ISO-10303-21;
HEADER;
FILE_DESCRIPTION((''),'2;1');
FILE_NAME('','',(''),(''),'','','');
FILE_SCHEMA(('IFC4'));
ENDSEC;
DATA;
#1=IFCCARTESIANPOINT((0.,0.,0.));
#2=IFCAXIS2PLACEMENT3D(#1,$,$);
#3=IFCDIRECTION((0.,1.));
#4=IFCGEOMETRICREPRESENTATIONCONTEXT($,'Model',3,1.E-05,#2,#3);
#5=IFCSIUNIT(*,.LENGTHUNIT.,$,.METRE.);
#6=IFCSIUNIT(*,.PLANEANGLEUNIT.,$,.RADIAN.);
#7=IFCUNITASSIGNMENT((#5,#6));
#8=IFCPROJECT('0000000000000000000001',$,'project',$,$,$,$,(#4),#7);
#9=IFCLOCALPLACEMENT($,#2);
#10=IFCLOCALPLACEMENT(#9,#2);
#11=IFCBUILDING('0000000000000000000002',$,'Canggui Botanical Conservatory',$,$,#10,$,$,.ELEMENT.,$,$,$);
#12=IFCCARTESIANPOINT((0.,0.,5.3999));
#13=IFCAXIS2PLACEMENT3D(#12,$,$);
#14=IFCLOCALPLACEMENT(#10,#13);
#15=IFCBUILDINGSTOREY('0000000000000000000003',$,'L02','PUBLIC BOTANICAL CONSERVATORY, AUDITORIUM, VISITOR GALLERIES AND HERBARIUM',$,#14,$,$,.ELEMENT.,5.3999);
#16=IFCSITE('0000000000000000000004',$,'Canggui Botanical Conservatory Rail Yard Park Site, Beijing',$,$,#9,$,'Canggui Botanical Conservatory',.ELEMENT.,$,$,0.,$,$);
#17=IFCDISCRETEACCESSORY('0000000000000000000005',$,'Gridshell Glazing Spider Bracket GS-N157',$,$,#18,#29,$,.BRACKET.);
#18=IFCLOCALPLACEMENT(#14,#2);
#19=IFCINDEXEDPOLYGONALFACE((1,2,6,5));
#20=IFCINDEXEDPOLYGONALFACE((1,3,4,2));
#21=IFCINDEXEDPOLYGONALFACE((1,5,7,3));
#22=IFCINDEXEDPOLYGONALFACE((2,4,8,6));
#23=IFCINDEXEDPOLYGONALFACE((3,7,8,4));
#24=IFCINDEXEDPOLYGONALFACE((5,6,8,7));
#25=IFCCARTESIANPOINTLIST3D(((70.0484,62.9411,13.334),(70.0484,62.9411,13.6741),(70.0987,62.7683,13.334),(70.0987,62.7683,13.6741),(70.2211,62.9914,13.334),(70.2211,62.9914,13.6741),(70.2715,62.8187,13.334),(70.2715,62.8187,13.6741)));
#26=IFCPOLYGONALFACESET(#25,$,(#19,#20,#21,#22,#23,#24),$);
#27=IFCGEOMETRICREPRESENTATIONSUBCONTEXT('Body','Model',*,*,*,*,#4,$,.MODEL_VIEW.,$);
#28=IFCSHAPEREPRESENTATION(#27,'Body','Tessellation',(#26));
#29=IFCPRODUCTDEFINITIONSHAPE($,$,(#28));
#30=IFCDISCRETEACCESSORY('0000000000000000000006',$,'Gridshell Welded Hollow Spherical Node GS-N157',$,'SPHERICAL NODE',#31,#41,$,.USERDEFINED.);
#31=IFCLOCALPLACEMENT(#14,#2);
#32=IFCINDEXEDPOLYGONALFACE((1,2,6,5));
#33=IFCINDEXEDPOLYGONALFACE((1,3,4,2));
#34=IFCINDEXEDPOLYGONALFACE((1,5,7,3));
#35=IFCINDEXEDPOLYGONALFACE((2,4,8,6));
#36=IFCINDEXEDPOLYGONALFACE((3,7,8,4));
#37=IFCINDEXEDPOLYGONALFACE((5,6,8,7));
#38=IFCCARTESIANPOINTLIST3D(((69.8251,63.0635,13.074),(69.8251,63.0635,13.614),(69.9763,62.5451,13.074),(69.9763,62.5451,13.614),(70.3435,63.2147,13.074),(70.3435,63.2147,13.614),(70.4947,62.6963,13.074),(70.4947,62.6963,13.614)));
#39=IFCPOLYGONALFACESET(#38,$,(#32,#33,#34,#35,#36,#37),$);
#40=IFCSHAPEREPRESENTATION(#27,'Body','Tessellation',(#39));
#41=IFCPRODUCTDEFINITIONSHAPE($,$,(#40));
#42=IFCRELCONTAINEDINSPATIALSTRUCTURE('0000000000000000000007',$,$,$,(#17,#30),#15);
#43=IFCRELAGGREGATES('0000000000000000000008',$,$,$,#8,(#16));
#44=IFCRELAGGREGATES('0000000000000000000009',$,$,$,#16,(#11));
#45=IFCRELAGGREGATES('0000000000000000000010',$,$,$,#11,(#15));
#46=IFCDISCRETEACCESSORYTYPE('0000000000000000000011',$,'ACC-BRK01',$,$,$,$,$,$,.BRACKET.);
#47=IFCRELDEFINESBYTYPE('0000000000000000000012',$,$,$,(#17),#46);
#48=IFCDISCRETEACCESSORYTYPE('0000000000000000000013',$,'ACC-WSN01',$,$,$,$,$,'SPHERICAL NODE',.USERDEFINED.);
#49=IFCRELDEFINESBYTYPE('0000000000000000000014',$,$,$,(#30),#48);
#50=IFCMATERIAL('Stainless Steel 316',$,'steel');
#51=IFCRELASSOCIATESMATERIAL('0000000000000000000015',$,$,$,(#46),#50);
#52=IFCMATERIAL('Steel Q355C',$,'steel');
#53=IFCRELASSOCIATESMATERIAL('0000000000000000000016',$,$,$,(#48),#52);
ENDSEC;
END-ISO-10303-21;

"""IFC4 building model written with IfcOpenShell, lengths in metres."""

from ifc_helpers import new_model, si_unit, direction, frame, origin, origin_2d, place, context, subcontext, project, spatial, rectangle, extrude, material, type_object, element, save


model = new_model("IFC4")

# Units and contexts
model_context = context("Model", 3, precision=1e-05, world=origin(), true_north=direction((0.0, 1.0)))
body_context = subcontext(model_context, "Body", "Model", "MODEL_VIEW")
ifc_project = project(units=[si_unit("LENGTHUNIT", "METRE"), si_unit("PLANEANGLEUNIT", "RADIAN")], contexts=[model_context])

# Site, building, storey
site_placement = place(None, origin())
site = spatial("IfcSite", under=ifc_project, at=site_placement, Name="Canggui Botanical Conservatory Rail Yard Park Site, Beijing", LongName="Canggui Botanical Conservatory", CompositionType="ELEMENT", RefElevation=0.0)
building_placement = place(site_placement, origin())
building = spatial("IfcBuilding", under=site, at=building_placement, Name="Canggui Botanical Conservatory", CompositionType="ELEMENT")
storey_placement = place(building_placement, frame((0.0, 0.0, 5.3999)))
storey = spatial("IfcBuildingStorey", under=building, at=storey_placement, Name="L02", Description="PUBLIC BOTANICAL CONSERVATORY, AUDITORIUM, VISITOR GALLERIES AND HERBARIUM", CompositionType="ELEMENT", Elevation=5.3999)

# Shared definitions
ifc_material_1 = material(Name="Steel Q355C", Category="steel")

# Discrete accessories
ifc_material_2 = material(Name="Stainless Steel 316", Category="steel")
discrete_accessory_type_1 = type_object("IfcDiscreteAccessoryType", Name="ACC-BRK01", PredefinedType="BRACKET", material=ifc_material_2)
discrete_accessory_1_placement = place(storey_placement, frame((70.1599, 62.8799, 13.334), z_axis=(0.0, 0.0, 1.0), x_axis=(0.96, 0.28, 0.0)))
element("IfcDiscreteAccessory", 1, at=discrete_accessory_1_placement, inside=storey, type_object=discrete_accessory_type_1, Name="Gridshell Glazing Spider Bracket GS-N157", PredefinedType="BRACKET", context=body_context, shape_type="SweptSolid", body=[
    extrude(rectangle(XDim=0.1799, YDim=0.1799, at=origin_2d()), origin(), (0.0, 0.0, 1.0), 0.3401),
])
discrete_accessory_type_2 = type_object("IfcDiscreteAccessoryType", Name="ACC-WSN01", ElementType="SPHERICAL NODE", PredefinedType="USERDEFINED", material=ifc_material_1)
discrete_accessory_2_placement = place(storey_placement, frame((70.1599, 62.8799, 13.074), z_axis=(0.0, 0.0, 1.0), x_axis=(0.96, 0.28, 0.0)))
element("IfcDiscreteAccessory", 2, at=discrete_accessory_2_placement, inside=storey, type_object=discrete_accessory_type_2, Name="Gridshell Welded Hollow Spherical Node GS-N157", ObjectType="SPHERICAL NODE", PredefinedType="USERDEFINED", context=body_context, shape_type="SweptSolid", body=[
    extrude(rectangle(XDim=0.54, YDim=0.54, at=origin_2d()), origin(), (0.0, 0.0, 1.0), 0.54),
])

save(model, "model.ifc")
